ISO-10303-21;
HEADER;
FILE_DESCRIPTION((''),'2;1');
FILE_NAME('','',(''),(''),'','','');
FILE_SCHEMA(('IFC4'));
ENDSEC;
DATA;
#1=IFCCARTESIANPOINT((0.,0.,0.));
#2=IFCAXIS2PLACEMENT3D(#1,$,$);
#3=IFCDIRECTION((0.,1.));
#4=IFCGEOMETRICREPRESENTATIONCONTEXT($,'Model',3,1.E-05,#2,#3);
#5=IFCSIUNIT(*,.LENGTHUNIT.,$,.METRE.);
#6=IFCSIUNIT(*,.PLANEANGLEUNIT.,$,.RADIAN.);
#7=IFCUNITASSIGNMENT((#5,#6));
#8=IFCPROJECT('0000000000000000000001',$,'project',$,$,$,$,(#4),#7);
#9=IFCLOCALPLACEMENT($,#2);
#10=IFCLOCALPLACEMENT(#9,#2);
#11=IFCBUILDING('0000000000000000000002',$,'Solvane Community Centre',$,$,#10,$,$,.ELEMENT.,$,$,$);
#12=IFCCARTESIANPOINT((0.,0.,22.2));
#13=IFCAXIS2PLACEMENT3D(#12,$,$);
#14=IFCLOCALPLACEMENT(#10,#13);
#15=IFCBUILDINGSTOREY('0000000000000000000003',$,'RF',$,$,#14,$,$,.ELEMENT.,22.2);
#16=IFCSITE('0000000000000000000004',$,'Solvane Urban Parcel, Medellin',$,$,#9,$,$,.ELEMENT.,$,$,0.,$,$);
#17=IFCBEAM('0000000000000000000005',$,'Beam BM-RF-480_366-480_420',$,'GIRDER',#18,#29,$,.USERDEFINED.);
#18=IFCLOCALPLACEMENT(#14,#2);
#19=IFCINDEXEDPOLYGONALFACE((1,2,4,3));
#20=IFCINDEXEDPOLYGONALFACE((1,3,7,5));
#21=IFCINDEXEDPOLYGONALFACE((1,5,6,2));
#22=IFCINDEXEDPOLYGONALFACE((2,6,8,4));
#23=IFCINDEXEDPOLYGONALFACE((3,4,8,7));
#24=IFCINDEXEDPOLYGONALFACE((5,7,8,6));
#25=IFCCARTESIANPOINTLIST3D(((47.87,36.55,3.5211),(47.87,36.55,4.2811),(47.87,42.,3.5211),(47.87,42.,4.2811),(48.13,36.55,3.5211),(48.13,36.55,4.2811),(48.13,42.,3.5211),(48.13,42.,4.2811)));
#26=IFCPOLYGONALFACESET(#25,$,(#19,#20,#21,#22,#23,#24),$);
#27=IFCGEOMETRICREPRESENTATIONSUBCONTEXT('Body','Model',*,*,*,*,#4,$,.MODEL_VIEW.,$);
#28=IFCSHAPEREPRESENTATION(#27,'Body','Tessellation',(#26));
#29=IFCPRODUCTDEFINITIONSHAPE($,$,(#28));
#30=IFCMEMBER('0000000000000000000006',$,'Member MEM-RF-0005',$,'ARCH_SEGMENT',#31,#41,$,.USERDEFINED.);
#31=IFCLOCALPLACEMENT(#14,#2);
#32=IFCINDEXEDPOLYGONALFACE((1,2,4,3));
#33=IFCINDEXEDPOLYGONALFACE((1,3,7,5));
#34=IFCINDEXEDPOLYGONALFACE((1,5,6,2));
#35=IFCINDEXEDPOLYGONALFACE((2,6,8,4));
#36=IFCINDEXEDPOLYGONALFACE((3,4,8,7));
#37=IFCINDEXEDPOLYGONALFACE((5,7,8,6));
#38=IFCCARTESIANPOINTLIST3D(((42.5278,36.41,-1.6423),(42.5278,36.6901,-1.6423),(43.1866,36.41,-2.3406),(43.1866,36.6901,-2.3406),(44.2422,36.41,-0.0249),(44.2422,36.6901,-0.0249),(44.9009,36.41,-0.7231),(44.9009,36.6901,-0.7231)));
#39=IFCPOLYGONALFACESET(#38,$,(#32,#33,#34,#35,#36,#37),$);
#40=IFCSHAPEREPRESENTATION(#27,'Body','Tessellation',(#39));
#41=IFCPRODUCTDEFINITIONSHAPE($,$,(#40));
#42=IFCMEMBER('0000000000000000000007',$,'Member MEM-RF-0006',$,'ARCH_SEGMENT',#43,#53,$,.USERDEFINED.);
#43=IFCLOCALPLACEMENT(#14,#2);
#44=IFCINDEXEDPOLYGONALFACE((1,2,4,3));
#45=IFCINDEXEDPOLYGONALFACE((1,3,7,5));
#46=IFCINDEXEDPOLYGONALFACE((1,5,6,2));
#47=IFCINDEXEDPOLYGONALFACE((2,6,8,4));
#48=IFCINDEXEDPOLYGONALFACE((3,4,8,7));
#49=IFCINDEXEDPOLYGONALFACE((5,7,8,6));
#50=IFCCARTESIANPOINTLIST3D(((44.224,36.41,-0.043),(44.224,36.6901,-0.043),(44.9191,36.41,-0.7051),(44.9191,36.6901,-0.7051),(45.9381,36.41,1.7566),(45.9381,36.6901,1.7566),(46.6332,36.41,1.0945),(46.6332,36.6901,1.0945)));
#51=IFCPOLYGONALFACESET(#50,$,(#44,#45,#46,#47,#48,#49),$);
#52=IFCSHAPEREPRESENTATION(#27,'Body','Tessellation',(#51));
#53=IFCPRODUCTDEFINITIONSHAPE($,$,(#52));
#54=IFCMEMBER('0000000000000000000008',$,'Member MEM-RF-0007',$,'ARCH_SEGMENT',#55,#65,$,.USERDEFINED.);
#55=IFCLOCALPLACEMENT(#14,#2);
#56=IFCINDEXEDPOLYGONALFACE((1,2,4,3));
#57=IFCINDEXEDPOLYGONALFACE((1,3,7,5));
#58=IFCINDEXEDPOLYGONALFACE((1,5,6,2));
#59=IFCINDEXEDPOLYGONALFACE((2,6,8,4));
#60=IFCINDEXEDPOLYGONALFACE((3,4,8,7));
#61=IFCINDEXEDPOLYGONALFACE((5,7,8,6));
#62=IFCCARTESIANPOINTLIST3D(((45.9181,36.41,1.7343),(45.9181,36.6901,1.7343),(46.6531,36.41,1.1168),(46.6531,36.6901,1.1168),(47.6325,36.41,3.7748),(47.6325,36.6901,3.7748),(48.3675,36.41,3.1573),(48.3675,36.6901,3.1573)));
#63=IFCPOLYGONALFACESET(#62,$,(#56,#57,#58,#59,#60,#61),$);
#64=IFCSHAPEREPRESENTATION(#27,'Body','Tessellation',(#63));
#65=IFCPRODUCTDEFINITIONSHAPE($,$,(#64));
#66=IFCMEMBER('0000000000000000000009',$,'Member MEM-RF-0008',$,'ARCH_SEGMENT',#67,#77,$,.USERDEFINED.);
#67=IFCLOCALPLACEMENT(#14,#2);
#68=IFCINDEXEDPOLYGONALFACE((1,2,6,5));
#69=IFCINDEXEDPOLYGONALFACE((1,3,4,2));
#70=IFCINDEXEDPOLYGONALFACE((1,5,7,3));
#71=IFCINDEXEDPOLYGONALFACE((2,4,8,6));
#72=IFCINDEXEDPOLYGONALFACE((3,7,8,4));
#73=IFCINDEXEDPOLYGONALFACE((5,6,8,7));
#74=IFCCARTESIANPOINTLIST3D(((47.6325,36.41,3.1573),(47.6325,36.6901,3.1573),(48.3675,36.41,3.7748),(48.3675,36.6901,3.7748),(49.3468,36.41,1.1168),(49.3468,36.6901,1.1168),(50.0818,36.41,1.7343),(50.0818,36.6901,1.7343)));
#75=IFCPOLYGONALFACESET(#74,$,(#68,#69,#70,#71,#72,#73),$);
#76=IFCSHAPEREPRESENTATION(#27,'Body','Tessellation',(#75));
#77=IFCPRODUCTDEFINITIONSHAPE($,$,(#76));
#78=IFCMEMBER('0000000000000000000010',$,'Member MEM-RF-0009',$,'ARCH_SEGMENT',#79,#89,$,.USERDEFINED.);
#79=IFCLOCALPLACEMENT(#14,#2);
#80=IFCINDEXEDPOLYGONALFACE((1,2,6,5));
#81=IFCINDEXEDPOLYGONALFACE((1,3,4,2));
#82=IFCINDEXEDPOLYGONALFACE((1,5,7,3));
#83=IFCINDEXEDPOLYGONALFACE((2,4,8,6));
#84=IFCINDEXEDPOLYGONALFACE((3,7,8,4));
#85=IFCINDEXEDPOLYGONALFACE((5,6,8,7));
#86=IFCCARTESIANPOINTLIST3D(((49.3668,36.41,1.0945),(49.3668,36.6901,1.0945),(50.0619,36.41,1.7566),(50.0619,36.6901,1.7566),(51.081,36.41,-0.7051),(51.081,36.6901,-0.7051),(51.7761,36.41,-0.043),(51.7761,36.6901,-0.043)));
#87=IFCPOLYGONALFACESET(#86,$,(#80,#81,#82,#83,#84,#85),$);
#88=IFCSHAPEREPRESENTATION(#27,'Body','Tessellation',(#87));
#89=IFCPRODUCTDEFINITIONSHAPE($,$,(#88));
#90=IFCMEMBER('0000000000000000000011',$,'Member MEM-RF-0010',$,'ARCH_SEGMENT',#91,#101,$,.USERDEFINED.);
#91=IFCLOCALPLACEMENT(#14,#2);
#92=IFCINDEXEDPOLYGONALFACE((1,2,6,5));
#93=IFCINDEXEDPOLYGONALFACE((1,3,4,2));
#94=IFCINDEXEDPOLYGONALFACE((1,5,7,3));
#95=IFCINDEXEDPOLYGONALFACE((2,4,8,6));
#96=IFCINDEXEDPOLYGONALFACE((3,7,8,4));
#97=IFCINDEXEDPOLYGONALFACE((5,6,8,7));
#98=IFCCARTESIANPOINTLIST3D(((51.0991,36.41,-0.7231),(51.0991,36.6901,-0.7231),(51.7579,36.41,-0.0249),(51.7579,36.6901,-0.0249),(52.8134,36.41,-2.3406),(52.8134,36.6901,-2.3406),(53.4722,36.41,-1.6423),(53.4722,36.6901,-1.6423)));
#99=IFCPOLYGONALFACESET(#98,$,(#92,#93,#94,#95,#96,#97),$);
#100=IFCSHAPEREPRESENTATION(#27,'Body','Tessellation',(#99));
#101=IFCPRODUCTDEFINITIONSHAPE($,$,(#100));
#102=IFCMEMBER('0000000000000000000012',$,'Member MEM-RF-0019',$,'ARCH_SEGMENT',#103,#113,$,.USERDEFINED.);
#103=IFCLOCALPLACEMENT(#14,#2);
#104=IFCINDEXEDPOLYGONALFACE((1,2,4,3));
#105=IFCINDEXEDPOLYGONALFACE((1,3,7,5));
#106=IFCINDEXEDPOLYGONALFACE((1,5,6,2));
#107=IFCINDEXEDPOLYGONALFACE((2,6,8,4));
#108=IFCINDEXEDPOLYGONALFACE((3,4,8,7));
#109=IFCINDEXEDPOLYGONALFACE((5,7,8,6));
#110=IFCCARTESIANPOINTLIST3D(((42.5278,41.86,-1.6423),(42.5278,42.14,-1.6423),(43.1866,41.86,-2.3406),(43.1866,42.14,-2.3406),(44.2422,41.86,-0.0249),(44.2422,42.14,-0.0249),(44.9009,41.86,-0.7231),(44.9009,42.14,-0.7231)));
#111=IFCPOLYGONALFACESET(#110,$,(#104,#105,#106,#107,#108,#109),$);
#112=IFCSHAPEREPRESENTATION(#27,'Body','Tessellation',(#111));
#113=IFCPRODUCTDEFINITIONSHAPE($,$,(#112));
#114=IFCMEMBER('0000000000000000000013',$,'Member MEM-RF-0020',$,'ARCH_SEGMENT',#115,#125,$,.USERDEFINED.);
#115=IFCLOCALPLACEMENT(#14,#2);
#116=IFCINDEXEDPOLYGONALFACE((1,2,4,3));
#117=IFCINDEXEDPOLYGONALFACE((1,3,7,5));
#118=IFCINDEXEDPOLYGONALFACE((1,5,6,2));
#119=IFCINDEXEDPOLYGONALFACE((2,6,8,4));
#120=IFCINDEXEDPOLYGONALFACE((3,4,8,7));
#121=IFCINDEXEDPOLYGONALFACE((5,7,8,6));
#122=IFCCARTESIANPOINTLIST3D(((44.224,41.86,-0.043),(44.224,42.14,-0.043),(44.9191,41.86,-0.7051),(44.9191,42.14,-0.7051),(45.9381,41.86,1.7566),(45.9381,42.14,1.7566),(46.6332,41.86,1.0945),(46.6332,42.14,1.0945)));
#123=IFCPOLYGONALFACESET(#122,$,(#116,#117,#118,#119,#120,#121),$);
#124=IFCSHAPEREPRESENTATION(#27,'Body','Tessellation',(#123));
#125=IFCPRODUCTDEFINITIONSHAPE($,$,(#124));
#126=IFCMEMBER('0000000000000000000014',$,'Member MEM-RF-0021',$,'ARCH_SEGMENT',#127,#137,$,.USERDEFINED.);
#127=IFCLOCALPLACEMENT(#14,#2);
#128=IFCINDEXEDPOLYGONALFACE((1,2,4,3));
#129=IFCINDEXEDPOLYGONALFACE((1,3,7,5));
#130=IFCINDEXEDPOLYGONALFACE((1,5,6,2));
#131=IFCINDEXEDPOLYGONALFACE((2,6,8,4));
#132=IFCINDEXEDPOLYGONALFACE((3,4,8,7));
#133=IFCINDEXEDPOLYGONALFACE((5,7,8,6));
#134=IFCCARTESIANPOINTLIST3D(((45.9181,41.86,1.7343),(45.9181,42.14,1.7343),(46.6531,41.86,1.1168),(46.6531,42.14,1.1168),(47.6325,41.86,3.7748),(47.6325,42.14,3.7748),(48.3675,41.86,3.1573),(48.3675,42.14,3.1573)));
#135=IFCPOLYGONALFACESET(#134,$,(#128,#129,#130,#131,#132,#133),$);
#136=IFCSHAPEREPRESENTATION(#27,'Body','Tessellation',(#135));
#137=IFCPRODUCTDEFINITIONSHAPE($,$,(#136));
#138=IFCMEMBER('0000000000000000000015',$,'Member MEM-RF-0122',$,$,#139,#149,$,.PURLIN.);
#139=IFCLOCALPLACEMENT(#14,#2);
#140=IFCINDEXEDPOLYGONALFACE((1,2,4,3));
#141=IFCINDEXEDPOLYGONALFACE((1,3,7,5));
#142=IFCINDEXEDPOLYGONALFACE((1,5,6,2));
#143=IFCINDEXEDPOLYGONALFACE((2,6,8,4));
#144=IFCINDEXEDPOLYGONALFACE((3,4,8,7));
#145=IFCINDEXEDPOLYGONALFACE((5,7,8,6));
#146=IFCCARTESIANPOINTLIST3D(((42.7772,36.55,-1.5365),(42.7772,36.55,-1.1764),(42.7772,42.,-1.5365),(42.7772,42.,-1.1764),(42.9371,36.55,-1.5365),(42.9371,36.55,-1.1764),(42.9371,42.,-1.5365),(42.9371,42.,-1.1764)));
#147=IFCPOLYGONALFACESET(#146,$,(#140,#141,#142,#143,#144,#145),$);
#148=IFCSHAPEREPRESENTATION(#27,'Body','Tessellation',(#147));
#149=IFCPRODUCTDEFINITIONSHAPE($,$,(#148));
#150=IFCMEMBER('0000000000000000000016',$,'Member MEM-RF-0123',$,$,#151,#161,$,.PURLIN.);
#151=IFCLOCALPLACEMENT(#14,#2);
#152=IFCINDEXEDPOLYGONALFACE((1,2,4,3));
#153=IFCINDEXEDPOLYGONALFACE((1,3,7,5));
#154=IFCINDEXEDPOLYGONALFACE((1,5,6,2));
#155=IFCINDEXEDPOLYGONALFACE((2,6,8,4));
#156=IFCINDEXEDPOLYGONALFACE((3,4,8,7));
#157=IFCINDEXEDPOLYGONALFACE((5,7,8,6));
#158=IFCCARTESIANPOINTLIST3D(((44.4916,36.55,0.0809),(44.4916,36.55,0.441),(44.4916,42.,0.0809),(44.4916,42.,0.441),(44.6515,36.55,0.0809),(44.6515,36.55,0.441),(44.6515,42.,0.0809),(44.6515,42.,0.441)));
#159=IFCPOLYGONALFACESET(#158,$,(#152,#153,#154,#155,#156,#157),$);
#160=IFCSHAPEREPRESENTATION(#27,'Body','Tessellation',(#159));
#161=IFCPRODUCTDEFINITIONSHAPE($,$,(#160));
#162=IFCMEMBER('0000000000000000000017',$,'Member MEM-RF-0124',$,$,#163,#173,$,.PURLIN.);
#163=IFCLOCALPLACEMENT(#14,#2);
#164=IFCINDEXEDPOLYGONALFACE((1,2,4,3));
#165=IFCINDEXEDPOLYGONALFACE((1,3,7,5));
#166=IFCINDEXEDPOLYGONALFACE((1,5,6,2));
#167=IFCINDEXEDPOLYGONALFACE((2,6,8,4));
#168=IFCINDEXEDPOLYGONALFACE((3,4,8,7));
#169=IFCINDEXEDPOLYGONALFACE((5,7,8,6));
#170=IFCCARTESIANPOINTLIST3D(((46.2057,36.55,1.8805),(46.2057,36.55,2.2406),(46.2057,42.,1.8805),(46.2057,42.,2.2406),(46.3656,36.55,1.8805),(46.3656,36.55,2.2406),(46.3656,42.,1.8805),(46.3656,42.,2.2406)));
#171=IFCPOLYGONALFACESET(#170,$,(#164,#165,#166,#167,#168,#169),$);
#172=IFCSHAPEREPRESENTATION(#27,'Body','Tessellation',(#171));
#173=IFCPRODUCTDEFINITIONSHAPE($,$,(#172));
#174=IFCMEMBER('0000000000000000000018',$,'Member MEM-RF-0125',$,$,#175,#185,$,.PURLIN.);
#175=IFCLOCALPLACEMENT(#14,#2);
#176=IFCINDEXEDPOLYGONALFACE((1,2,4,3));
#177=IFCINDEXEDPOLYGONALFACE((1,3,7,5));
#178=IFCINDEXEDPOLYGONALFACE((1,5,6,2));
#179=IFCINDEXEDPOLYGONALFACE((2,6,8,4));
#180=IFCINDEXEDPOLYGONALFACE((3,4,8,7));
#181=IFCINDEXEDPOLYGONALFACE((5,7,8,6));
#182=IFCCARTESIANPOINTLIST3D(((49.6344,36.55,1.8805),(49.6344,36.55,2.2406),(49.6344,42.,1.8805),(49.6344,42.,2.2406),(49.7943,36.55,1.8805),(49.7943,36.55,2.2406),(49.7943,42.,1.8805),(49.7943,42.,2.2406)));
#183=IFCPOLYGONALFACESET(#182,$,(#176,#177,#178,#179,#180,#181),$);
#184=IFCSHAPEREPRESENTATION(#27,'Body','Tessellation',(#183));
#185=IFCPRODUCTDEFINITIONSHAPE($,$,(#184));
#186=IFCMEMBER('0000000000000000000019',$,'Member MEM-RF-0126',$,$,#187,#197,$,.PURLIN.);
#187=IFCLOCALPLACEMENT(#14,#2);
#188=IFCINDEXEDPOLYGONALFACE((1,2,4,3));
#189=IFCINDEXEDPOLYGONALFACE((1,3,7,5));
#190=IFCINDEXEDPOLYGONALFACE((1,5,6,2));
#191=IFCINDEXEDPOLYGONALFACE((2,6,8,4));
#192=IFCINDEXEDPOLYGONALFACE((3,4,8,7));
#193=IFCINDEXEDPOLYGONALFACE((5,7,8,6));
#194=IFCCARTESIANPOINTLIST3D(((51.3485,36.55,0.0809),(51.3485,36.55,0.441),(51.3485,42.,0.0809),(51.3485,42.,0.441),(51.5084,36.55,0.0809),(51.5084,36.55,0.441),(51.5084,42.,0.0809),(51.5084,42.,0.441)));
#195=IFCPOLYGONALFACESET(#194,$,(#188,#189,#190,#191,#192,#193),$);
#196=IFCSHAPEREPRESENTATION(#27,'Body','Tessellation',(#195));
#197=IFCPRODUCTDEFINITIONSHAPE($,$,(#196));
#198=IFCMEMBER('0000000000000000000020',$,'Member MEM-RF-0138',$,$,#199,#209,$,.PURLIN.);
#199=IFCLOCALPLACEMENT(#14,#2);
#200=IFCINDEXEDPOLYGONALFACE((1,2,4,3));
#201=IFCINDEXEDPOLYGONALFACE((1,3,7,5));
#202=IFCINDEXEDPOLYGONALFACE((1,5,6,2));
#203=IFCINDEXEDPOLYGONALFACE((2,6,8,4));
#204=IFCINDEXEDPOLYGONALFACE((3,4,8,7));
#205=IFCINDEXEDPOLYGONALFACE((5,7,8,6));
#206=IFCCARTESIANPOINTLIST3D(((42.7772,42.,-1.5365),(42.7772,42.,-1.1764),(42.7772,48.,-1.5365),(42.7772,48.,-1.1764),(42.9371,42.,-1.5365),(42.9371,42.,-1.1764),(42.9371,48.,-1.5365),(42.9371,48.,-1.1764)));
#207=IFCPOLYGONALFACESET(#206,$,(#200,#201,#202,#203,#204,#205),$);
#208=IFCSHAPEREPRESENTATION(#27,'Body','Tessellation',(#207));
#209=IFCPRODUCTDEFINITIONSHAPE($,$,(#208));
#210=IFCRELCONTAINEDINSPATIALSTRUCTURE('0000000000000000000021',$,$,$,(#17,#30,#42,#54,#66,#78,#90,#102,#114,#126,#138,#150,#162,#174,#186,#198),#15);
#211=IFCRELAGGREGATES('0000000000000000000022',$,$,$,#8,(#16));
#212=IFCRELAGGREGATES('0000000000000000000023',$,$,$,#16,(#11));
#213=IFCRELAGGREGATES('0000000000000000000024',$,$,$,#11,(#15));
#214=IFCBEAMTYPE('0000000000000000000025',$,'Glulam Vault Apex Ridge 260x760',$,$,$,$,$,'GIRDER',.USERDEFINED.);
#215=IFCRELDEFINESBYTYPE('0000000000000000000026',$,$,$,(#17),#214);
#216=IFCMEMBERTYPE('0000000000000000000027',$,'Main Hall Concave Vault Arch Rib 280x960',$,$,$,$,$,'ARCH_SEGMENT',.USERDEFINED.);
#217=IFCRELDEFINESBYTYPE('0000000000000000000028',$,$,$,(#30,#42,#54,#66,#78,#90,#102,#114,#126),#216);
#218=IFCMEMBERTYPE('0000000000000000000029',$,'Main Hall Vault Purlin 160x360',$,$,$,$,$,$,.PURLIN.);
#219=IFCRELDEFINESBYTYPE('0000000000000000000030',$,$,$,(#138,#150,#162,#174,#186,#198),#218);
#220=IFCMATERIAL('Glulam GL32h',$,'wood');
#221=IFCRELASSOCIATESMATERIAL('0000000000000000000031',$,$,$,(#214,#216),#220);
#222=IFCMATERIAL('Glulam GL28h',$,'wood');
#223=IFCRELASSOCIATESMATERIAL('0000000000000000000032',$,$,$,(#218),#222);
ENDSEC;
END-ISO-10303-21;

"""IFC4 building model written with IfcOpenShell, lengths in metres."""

from ifc_helpers import new_model, si_unit, direction, frame, origin, origin_2d, place, context, subcontext, project, spatial, rectangle, extrude, material, material_profile, profile_set, type_object, element, save


model = new_model("IFC4")

# Units and contexts
model_context = context("Model", 3, precision=1e-05, world=origin(), true_north=direction((0.0, 1.0)))
body_context = subcontext(model_context, "Body", "Model", "MODEL_VIEW")
ifc_project = project(units=[si_unit("LENGTHUNIT", "METRE"), si_unit("PLANEANGLEUNIT", "RADIAN")], contexts=[model_context])

# Site, building, storey
site_placement = place(None, origin())
site = spatial("IfcSite", under=ifc_project, at=site_placement, Name="Solvane Urban Parcel, Medellin", CompositionType="ELEMENT", RefElevation=0.0)
building_placement = place(site_placement, origin())
building = spatial("IfcBuilding", under=site, at=building_placement, Name="Solvane Community Centre", CompositionType="ELEMENT")
storey_placement = place(building_placement, frame((0.0, 0.0, 22.2)))
storey = spatial("IfcBuildingStorey", under=building, at=storey_placement, Name="RF", CompositionType="ELEMENT", Elevation=22.2)

# Beam
ifc_material_1 = material(Name="Glulam GL32h", Category="wood")
ifc_material_profile_1 = material_profile(ifc_material_1, rectangle(XDim=0.26, YDim=0.76, at=origin_2d()), Name="GL32h 260x760")
ifc_profile_set_1 = profile_set([ifc_material_profile_1], Name="Glulam GL32h")
beam_type = type_object("IfcBeamType", Name="Glulam Vault Apex Ridge 260x760", ElementType="GIRDER", PredefinedType="USERDEFINED", material=ifc_profile_set_1)
beam_placement = place(storey_placement, frame((48.0, 36.55, 3.9011), z_axis=(0.0, 1.0, 0.0), x_axis=(-1.0, 0.0, 0.0)))
element("IfcBeam", 1, at=beam_placement, inside=storey, type_object=beam_type, Name="Beam BM-RF-480_366-480_420", ObjectType="GIRDER", PredefinedType="USERDEFINED", context=body_context, shape_type="SweptSolid", body=[
    extrude(rectangle(XDim=0.26, YDim=0.76, at=origin_2d()), origin(), (0.0, 0.0, 1.0), 5.45),
])

# Members
ifc_material_profile_2 = material_profile(ifc_material_1, rectangle(XDim=0.28, YDim=0.96, at=origin_2d()), Name="GL32h 280x960")
ifc_profile_set_2 = profile_set([ifc_material_profile_2], Name="Glulam GL32h")
member_type_1 = type_object("IfcMemberType", Name="Main Hall Concave Vault Arch Rib 280x960", ElementType="ARCH_SEGMENT", PredefinedType="USERDEFINED", material=ifc_profile_set_2)
member_1_placement = place(storey_placement, frame((42.8572, 36.55, -1.9915), z_axis=(0.727369, 0.0, 0.686246), x_axis=(0.0, 1.0, 0.0)))
element("IfcMember", 2, at=member_1_placement, inside=storey, type_object=member_type_1, Name="Member MEM-RF-0005", ObjectType="ARCH_SEGMENT", PredefinedType="USERDEFINED", context=body_context, shape_type="SweptSolid", body=[
    extrude(rectangle(XDim=0.28, YDim=0.96, at=origin_2d()), origin(), (0.0, 0.0, 1.0), 2.3569),
])
member_2_placement = place(storey_placement, frame((44.5715, 36.55, -0.374), z_axis=(0.689707, 0.0, 0.724089), x_axis=(0.0, 1.0, 0.0)))
element("IfcMember", 3, at=member_2_placement, inside=storey, type_object=member_type_1, Name="Member MEM-RF-0006", ObjectType="ARCH_SEGMENT", PredefinedType="USERDEFINED", context=body_context, shape_type="SweptSolid", body=[
    extrude(rectangle(XDim=0.28, YDim=0.96, at=origin_2d()), origin(), (0.0, 0.0, 1.0), 2.4854),
])
for number, where, z_axis, x_axis, name in (
    (4, (46.2856, 36.55, 1.4255), (0.643261, 0.0, 0.765647), (0.0, 1.0, 0.0), "Member MEM-RF-0007"),
    (5, (48.0, 36.55, 3.4661), (0.643261, 0.0, -0.765647), (0.0, 1.0, 0.0), "Member MEM-RF-0008"),
):
    element("IfcMember", number, at=place(storey_placement, frame(where, z_axis=z_axis, x_axis=x_axis)), inside=storey, type_object=member_type_1, Name=name, ObjectType="ARCH_SEGMENT", PredefinedType="USERDEFINED", context=body_context, shape_type="SweptSolid", body=[
        extrude(rectangle(XDim=0.28, YDim=0.96, at=origin_2d()), origin(), (0.0, 0.0, 1.0), 2.665),
    ])
member_3_placement = place(storey_placement, frame((49.7144, 36.55, 1.4255), z_axis=(0.689707, 0.0, -0.724089), x_axis=(0.0, 1.0, 0.0)))
element("IfcMember", 6, at=member_3_placement, inside=storey, type_object=member_type_1, Name="Member MEM-RF-0009", ObjectType="ARCH_SEGMENT", PredefinedType="USERDEFINED", context=body_context, shape_type="SweptSolid", body=[
    extrude(rectangle(XDim=0.28, YDim=0.96, at=origin_2d()), origin(), (0.0, 0.0, 1.0), 2.4854),
])
for number, where, z_axis, x_axis, name in (
    (7, (51.4285, 36.55, -0.374), (0.727369, 0.0, -0.686246), (0.0, 1.0, 0.0), "Member MEM-RF-0010"),
    (8, (42.8572, 42.0, -1.9915), (0.727369, 0.0, 0.686246), (0.0, 1.0, 0.0), "Member MEM-RF-0019"),
):
    element("IfcMember", number, at=place(storey_placement, frame(where, z_axis=z_axis, x_axis=x_axis)), inside=storey, type_object=member_type_1, Name=name, ObjectType="ARCH_SEGMENT", PredefinedType="USERDEFINED", context=body_context, shape_type="SweptSolid", body=[
        extrude(rectangle(XDim=0.28, YDim=0.96, at=origin_2d()), origin(), (0.0, 0.0, 1.0), 2.3569),
    ])
member_4_placement = place(storey_placement, frame((44.5715, 42.0, -0.374), z_axis=(0.689707, 0.0, 0.724089), x_axis=(0.0, 1.0, 0.0)))
element("IfcMember", 9, at=member_4_placement, inside=storey, type_object=member_type_1, Name="Member MEM-RF-0020", ObjectType="ARCH_SEGMENT", PredefinedType="USERDEFINED", context=body_context, shape_type="SweptSolid", body=[
    extrude(rectangle(XDim=0.28, YDim=0.96, at=origin_2d()), origin(), (0.0, 0.0, 1.0), 2.4854),
])
member_5_placement = place(storey_placement, frame((46.2856, 42.0, 1.4255), z_axis=(0.643261, 0.0, 0.765647), x_axis=(0.0, 1.0, 0.0)))
element("IfcMember", 10, at=member_5_placement, inside=storey, type_object=member_type_1, Name="Member MEM-RF-0021", ObjectType="ARCH_SEGMENT", PredefinedType="USERDEFINED", context=body_context, shape_type="SweptSolid", body=[
    extrude(rectangle(XDim=0.28, YDim=0.96, at=origin_2d()), origin(), (0.0, 0.0, 1.0), 2.665),
])
ifc_material_2 = material(Name="Glulam GL28h", Category="wood")
ifc_material_profile_3 = material_profile(ifc_material_2, rectangle(XDim=0.1599, YDim=0.3601, at=origin_2d()), Name="GL28h 160x360")
ifc_profile_set_3 = profile_set([ifc_material_profile_3], Name="Glulam GL28h")
member_type_2 = type_object("IfcMemberType", Name="Main Hall Vault Purlin 160x360", PredefinedType="PURLIN", material=ifc_profile_set_3)
for number, where, z_axis, x_axis, name in (
    (11, (42.8572, 36.55, -1.3564), (0.0, 1.0, 0.0), (-1.0, 0.0, 0.0), "Member MEM-RF-0122"),
    (12, (44.5715, 36.55, 0.261), (0.0, 1.0, 0.0), (-1.0, 0.0, 0.0), "Member MEM-RF-0123"),
    (13, (46.2856, 36.55, 2.0605), (0.0, 1.0, 0.0), (-1.0, 0.0, 0.0), "Member MEM-RF-0124"),
    (14, (49.7144, 36.55, 2.0605), (0.0, 1.0, 0.0), (-1.0, 0.0, 0.0), "Member MEM-RF-0125"),
    (15, (51.4285, 36.55, 0.261), (0.0, 1.0, 0.0), (-1.0, 0.0, 0.0), "Member MEM-RF-0126"),
):
    element("IfcMember", number, at=place(storey_placement, frame(where, z_axis=z_axis, x_axis=x_axis)), inside=storey, type_object=member_type_2, Name=name, PredefinedType="PURLIN", context=body_context, shape_type="SweptSolid", body=[
        extrude(rectangle(XDim=0.1599, YDim=0.3601, at=origin_2d()), origin(), (0.0, 0.0, 1.0), 5.45),
    ])
for number, where, z_axis, x_axis, name in (
    (16, (42.8572, 42.0, -1.3564), (0.0, 1.0, 0.0), (-1.0, 0.0, 0.0), "Member MEM-RF-0138"),
):
    element("IfcMember", number, at=place(storey_placement, frame(where, z_axis=z_axis, x_axis=x_axis)), inside=storey, type_object=member_type_2, Name=name, PredefinedType="PURLIN", context=body_context, shape_type="SweptSolid", body=[
        extrude(rectangle(XDim=0.1599, YDim=0.3601, at=origin_2d()), origin(), (0.0, 0.0, 1.0), 6.0),
    ])

save(model, "model.ifc")
